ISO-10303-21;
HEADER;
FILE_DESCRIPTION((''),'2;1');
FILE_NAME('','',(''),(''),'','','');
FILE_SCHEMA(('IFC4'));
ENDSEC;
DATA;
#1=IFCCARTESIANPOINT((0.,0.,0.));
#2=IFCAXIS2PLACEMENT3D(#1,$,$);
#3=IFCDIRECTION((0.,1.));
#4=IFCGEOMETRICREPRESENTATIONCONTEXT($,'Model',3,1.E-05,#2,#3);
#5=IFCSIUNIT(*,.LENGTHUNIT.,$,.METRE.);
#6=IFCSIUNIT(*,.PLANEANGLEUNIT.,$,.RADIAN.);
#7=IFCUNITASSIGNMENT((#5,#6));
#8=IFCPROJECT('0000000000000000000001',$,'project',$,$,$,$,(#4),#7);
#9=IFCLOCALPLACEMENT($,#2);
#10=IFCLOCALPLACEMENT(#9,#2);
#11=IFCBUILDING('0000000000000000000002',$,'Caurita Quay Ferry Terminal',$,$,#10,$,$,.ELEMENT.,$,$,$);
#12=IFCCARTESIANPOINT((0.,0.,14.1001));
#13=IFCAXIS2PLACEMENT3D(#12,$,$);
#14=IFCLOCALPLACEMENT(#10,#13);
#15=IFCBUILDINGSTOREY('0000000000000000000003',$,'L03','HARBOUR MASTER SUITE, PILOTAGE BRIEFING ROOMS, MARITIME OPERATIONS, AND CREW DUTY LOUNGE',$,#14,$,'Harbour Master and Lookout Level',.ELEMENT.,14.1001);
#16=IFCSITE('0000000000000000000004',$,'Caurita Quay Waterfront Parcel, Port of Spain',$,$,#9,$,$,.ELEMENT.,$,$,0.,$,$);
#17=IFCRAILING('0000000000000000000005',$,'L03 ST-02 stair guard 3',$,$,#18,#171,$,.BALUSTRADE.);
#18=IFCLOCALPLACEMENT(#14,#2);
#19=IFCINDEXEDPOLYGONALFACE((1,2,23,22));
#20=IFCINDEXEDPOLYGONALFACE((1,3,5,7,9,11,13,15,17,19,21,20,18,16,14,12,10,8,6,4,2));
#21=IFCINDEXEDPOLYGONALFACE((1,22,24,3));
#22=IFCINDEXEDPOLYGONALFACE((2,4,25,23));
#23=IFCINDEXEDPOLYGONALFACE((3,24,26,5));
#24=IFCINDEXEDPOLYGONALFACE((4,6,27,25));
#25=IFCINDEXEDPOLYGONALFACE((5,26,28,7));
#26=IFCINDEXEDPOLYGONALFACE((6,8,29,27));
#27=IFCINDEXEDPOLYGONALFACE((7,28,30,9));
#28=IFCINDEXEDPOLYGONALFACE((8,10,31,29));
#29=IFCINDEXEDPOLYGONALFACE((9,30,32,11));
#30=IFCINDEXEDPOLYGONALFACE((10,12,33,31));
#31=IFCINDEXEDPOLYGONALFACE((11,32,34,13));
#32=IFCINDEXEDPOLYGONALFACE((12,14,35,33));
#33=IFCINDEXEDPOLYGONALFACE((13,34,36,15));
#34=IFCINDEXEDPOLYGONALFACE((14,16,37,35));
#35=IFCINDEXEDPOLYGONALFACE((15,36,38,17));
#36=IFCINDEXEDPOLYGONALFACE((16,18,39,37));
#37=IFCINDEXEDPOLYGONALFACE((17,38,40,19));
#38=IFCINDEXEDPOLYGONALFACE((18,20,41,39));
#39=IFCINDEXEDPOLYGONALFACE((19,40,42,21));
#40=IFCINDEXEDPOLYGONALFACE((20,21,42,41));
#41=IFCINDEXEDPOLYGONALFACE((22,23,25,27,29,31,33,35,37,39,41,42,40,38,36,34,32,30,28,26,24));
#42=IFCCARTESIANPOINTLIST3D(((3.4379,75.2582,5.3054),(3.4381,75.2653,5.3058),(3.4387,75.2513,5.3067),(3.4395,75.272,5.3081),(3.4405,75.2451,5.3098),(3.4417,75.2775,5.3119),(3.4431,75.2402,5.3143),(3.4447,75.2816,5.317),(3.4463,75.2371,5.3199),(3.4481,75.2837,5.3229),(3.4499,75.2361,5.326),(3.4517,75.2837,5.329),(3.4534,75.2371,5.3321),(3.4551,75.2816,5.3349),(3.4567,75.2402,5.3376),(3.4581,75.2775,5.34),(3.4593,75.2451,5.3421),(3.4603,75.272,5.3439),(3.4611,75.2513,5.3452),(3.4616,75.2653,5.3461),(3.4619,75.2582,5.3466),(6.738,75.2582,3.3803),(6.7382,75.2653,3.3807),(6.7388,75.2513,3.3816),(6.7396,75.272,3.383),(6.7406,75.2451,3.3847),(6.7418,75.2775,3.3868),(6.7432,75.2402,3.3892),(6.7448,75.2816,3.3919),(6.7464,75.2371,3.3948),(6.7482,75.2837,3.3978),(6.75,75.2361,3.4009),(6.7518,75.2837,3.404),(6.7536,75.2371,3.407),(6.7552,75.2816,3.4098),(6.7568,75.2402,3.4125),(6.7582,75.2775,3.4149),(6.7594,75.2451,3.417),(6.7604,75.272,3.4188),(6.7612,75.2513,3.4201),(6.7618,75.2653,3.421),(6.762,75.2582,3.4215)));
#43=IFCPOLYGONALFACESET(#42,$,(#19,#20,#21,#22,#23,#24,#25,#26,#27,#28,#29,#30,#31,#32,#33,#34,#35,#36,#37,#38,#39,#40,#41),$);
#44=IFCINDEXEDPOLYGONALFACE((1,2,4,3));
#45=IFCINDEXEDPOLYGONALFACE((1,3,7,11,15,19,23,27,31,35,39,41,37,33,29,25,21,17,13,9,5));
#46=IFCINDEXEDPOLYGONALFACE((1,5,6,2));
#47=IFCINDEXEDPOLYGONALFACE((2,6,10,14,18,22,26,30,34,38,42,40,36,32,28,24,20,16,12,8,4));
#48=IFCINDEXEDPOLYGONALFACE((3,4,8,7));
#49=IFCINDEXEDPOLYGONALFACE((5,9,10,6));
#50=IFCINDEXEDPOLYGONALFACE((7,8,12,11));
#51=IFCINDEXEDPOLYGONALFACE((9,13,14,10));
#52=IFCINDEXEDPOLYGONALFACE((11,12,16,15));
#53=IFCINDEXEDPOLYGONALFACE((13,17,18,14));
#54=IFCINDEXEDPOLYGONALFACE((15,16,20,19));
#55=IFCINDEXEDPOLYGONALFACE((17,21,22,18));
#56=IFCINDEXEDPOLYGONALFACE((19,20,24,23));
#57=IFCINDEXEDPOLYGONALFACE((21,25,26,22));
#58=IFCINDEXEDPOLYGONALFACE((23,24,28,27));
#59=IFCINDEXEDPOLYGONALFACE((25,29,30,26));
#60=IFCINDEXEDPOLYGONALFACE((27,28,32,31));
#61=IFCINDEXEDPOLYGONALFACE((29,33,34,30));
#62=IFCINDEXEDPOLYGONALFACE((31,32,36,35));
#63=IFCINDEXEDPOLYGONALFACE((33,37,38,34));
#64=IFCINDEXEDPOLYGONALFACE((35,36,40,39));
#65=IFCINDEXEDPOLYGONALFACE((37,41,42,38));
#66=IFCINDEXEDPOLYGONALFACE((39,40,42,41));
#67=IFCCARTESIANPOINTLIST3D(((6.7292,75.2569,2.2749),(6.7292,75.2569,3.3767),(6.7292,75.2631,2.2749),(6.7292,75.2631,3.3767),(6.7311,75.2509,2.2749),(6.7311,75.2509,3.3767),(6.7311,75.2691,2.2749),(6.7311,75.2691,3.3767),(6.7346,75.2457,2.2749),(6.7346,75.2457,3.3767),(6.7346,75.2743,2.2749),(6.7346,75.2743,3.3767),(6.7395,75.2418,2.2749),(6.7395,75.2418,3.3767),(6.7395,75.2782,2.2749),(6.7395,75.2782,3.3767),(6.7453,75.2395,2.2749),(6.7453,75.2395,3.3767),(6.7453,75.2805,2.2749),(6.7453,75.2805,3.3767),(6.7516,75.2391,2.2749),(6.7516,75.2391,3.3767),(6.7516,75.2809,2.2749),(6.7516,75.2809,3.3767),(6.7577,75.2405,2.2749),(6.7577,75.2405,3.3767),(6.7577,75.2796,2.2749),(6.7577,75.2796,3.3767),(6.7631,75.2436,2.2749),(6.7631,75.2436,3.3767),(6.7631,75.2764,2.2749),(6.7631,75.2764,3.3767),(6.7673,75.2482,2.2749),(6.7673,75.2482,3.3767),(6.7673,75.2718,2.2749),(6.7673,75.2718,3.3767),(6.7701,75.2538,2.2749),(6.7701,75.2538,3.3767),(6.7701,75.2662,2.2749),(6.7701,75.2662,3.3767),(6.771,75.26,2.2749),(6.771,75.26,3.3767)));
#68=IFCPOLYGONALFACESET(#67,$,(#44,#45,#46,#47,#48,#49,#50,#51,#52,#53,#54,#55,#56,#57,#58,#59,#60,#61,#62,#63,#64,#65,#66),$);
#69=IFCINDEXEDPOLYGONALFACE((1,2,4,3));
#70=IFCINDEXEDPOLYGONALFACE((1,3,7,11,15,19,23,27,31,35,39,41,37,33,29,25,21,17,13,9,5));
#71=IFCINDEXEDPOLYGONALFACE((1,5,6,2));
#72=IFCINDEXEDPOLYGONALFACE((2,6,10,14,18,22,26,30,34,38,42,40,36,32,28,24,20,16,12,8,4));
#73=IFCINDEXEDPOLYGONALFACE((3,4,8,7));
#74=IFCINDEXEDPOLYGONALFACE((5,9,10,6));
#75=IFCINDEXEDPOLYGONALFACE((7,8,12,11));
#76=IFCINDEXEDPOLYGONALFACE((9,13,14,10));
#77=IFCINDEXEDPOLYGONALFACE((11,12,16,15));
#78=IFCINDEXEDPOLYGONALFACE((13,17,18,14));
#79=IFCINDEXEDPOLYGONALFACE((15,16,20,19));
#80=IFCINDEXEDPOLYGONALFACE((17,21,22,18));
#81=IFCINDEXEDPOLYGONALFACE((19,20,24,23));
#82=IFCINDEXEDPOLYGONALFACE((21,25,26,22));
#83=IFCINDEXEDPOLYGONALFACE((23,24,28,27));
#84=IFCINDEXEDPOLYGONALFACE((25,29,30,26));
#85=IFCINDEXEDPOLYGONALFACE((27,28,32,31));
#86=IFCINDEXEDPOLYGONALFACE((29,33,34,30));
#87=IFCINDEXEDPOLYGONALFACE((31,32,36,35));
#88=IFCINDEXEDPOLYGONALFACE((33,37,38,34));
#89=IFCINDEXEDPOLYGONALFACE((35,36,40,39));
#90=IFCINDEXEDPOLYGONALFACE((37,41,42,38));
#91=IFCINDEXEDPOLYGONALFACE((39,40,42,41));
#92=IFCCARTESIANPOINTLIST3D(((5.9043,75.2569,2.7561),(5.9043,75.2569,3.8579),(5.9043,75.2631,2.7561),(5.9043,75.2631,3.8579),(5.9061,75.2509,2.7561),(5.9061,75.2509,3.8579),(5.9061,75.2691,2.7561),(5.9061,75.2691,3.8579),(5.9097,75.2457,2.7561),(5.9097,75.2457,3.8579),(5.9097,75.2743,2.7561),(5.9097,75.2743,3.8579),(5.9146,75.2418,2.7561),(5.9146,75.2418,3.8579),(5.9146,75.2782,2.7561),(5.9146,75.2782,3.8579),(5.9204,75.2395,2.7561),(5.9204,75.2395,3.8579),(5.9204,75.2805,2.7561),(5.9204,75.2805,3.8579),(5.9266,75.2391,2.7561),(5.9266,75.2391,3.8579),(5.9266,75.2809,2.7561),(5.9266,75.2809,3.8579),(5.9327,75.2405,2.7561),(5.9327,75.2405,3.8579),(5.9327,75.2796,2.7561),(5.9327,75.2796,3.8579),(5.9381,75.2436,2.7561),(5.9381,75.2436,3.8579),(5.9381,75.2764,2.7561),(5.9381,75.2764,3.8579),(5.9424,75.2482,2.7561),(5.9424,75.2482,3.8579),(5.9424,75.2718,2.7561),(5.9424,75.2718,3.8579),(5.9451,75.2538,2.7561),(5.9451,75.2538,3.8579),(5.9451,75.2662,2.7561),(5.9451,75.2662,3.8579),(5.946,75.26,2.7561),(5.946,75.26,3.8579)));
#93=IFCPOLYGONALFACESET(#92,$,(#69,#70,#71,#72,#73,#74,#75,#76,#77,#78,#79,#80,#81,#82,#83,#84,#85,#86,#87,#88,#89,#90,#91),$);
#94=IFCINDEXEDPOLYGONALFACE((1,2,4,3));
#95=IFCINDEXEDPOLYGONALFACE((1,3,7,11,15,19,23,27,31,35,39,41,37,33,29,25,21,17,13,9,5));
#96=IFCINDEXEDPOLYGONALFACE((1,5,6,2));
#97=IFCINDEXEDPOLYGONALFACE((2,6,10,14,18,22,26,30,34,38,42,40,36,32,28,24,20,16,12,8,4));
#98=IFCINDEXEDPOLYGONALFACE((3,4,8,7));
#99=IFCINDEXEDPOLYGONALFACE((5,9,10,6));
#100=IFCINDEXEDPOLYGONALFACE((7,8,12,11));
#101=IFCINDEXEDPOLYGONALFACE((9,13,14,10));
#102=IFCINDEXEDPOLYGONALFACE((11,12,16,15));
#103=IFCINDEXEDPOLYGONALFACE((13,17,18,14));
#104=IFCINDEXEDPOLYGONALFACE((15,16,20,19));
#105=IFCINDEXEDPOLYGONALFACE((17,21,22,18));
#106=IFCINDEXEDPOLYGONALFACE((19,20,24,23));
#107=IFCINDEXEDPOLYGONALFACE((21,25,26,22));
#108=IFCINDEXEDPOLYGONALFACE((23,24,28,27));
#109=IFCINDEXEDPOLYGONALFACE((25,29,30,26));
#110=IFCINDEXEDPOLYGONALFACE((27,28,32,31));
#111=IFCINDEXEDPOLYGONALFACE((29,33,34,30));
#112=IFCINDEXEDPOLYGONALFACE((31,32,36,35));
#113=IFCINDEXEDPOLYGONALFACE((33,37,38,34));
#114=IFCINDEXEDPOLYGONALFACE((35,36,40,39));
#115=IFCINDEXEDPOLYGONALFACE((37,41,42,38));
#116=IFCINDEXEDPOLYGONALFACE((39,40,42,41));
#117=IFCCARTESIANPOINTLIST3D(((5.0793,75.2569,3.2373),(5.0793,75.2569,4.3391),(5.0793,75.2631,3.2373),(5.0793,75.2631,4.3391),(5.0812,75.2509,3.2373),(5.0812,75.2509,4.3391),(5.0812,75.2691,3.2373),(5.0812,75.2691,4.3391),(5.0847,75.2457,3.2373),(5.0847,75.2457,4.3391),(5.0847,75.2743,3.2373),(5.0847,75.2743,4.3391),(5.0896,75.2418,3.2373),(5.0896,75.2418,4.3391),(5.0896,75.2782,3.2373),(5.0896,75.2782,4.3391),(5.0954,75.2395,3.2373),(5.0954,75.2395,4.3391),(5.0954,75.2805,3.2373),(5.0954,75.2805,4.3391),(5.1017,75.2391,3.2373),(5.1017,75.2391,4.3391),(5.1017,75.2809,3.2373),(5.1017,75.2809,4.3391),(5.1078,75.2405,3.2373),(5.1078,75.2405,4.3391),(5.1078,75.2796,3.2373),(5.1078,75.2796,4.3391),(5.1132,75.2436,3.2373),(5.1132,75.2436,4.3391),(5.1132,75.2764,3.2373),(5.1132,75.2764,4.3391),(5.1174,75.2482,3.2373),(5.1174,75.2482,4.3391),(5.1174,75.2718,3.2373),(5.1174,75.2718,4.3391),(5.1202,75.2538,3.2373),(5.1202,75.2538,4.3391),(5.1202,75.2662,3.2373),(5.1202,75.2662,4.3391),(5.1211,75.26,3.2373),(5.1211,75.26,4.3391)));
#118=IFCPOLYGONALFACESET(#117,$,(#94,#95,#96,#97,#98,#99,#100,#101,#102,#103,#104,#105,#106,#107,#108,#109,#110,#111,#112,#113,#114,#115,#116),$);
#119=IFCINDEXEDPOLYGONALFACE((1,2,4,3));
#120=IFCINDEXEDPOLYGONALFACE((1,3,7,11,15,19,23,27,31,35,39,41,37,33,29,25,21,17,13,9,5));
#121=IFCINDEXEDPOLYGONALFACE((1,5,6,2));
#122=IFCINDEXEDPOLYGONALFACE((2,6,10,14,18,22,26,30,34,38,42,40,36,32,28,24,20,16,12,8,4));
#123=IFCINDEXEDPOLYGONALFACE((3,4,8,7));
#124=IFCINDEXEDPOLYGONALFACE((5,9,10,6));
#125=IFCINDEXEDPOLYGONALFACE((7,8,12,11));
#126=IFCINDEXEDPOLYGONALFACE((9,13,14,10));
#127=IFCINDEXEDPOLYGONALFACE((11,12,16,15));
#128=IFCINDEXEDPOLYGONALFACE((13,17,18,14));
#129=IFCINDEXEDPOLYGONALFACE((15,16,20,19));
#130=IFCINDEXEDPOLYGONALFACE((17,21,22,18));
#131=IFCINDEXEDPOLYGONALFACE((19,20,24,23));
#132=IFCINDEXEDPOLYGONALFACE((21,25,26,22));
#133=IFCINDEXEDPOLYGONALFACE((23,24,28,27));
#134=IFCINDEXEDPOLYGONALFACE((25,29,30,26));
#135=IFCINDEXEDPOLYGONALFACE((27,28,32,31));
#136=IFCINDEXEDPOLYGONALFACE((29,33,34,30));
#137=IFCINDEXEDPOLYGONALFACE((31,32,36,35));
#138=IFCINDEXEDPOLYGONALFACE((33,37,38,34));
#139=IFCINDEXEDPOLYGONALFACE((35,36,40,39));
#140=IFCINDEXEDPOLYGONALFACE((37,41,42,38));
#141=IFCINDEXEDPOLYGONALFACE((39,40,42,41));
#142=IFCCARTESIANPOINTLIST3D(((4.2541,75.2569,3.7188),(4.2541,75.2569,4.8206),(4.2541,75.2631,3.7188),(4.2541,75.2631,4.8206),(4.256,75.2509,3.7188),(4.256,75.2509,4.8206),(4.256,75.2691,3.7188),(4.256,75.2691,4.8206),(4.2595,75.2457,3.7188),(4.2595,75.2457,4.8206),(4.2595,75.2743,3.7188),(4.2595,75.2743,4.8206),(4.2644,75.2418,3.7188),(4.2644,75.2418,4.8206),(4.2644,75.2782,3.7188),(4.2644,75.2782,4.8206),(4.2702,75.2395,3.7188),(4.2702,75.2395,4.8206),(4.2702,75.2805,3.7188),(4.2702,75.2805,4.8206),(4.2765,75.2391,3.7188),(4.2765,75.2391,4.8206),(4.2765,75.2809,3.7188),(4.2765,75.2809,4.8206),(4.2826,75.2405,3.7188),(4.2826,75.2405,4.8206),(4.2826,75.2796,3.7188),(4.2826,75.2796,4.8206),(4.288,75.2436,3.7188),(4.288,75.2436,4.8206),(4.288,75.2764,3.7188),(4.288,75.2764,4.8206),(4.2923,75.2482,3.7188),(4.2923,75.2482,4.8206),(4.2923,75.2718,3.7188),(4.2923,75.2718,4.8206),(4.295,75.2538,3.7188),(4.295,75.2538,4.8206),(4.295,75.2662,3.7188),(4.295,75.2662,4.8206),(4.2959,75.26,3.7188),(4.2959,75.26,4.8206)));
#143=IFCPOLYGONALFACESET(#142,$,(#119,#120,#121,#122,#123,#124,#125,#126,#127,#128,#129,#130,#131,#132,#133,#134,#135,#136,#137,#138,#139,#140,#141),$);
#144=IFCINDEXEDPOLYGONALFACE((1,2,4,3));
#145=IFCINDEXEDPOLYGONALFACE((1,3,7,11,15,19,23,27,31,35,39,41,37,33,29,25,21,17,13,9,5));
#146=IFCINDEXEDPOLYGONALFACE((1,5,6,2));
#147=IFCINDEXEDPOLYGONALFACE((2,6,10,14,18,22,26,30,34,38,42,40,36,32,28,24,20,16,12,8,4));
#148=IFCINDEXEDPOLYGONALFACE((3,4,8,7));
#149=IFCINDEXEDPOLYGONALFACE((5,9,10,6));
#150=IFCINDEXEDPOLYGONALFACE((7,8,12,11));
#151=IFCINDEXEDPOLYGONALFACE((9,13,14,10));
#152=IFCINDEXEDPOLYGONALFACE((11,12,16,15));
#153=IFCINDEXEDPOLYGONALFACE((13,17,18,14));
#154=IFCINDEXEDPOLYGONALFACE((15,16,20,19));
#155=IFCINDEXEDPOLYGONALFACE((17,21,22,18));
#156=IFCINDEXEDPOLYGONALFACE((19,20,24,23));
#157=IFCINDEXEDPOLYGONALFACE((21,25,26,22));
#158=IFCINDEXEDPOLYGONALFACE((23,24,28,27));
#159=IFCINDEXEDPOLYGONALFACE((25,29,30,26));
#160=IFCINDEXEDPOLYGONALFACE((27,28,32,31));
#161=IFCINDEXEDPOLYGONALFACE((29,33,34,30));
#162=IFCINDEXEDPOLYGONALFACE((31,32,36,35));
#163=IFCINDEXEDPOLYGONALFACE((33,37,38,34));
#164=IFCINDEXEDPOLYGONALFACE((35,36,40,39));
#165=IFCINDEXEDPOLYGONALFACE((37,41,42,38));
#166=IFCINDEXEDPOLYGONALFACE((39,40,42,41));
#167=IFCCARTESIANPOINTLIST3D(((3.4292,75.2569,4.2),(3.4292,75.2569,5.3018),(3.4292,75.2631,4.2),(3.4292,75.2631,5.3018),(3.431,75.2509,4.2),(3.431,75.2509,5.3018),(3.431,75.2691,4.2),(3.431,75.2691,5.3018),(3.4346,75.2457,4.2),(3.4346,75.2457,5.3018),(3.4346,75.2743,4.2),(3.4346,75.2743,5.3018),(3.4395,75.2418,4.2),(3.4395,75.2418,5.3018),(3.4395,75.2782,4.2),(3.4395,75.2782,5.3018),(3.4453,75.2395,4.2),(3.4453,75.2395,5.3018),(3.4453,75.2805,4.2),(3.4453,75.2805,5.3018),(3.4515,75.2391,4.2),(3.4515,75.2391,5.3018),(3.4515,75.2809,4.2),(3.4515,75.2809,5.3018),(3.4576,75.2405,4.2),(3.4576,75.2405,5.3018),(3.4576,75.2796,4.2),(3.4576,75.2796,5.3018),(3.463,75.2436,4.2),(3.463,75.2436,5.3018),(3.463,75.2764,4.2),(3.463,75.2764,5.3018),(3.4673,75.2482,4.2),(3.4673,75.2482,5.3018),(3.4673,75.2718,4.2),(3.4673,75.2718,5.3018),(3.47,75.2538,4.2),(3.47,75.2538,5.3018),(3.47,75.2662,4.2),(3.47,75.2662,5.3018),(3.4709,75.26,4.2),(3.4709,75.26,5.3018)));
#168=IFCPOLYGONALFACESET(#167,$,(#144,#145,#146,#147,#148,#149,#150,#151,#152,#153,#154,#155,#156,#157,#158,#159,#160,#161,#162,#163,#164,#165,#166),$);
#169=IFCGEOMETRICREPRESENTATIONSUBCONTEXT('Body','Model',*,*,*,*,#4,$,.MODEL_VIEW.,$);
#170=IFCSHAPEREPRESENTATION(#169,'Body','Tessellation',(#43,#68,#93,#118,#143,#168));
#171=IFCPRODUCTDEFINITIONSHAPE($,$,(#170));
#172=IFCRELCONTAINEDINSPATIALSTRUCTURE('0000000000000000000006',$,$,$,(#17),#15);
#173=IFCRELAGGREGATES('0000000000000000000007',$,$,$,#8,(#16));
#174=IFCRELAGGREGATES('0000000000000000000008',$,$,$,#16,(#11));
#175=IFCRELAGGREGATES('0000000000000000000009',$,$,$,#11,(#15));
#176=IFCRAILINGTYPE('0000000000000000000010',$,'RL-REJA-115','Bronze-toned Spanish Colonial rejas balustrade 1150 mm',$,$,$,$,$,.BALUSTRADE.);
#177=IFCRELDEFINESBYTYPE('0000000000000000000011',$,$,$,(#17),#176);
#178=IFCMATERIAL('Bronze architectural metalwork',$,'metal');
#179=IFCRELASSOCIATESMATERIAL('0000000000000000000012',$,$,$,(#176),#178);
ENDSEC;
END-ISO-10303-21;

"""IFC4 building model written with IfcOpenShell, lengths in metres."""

from ifc_helpers import new_model, si_unit, direction, frame, origin, origin_2d, place, context, subcontext, project, spatial, circle, extrude, material, type_object, element, save


model = new_model("IFC4")

# Units and contexts
model_context = context("Model", 3, precision=1e-05, world=origin(), true_north=direction((0.0, 1.0)))
body_context = subcontext(model_context, "Body", "Model", "MODEL_VIEW")
ifc_project = project(units=[si_unit("LENGTHUNIT", "METRE"), si_unit("PLANEANGLEUNIT", "RADIAN")], contexts=[model_context])

# Site, building, storey
site_placement = place(None, origin())
site = spatial("IfcSite", under=ifc_project, at=site_placement, Name="Caurita Quay Waterfront Parcel, Port of Spain", CompositionType="ELEMENT", RefElevation=0.0)
building_placement = place(site_placement, origin())
building = spatial("IfcBuilding", under=site, at=building_placement, Name="Caurita Quay Ferry Terminal", CompositionType="ELEMENT")
storey_placement = place(building_placement, frame((0.0, 0.0, 14.1001)))
storey = spatial("IfcBuildingStorey", under=building, at=storey_placement, Name="L03", Description="HARBOUR MASTER SUITE, PILOTAGE BRIEFING ROOMS, MARITIME OPERATIONS, AND CREW DUTY LOUNGE", LongName="Harbour Master and Lookout Level", CompositionType="ELEMENT", Elevation=14.1001)

# Railing
ifc_material_1 = material(Name="Bronze architectural metalwork", Category="metal")
railing_type = type_object("IfcRailingType", Name="RL-REJA-115", Description="Bronze-toned Spanish Colonial rejas balustrade 1150 mm", PredefinedType="BALUSTRADE", material=ifc_material_1)
railing_1_placement = place(storey_placement, frame((6.75, 75.26, 2.2749)))
element("IfcRailing", 1, at=railing_1_placement, inside=storey, type_object=railing_type, Name="L03 ST-02 stair guard 3", PredefinedType="BALUSTRADE", context=body_context, shape_type="SweptSolid", body=[
    extrude(circle(Radius=0.0239, at=origin_2d()), frame((0.0, 0.0, 1.126), z_axis=(-0.863777, 0.0, 0.503875), x_axis=(0.0, -1.0, 0.0)), (0.0, 0.0, 1.0), 3.8206),
    extrude(circle(Radius=0.021, at=origin_2d()), origin(), (0.0, 0.0, 1.0), 1.1018),
    extrude(circle(Radius=0.021, at=origin_2d()), frame((-0.825, 0.0, 0.4812)), (0.0, 0.0, 1.0), 1.1018),
    extrude(circle(Radius=0.021, at=origin_2d()), frame((-1.6499, 0.0, 0.9624)), (0.0, 0.0, 1.0), 1.1018),
    extrude(circle(Radius=0.021, at=origin_2d()), frame((-2.4751, 0.0, 1.4438)), (0.0, 0.0, 1.0), 1.1018),
    extrude(circle(Radius=0.021, at=origin_2d()), frame((-3.3, 0.0, 1.925)), (0.0, 0.0, 1.0), 1.1018),
])

save(model, "model.ifc")
